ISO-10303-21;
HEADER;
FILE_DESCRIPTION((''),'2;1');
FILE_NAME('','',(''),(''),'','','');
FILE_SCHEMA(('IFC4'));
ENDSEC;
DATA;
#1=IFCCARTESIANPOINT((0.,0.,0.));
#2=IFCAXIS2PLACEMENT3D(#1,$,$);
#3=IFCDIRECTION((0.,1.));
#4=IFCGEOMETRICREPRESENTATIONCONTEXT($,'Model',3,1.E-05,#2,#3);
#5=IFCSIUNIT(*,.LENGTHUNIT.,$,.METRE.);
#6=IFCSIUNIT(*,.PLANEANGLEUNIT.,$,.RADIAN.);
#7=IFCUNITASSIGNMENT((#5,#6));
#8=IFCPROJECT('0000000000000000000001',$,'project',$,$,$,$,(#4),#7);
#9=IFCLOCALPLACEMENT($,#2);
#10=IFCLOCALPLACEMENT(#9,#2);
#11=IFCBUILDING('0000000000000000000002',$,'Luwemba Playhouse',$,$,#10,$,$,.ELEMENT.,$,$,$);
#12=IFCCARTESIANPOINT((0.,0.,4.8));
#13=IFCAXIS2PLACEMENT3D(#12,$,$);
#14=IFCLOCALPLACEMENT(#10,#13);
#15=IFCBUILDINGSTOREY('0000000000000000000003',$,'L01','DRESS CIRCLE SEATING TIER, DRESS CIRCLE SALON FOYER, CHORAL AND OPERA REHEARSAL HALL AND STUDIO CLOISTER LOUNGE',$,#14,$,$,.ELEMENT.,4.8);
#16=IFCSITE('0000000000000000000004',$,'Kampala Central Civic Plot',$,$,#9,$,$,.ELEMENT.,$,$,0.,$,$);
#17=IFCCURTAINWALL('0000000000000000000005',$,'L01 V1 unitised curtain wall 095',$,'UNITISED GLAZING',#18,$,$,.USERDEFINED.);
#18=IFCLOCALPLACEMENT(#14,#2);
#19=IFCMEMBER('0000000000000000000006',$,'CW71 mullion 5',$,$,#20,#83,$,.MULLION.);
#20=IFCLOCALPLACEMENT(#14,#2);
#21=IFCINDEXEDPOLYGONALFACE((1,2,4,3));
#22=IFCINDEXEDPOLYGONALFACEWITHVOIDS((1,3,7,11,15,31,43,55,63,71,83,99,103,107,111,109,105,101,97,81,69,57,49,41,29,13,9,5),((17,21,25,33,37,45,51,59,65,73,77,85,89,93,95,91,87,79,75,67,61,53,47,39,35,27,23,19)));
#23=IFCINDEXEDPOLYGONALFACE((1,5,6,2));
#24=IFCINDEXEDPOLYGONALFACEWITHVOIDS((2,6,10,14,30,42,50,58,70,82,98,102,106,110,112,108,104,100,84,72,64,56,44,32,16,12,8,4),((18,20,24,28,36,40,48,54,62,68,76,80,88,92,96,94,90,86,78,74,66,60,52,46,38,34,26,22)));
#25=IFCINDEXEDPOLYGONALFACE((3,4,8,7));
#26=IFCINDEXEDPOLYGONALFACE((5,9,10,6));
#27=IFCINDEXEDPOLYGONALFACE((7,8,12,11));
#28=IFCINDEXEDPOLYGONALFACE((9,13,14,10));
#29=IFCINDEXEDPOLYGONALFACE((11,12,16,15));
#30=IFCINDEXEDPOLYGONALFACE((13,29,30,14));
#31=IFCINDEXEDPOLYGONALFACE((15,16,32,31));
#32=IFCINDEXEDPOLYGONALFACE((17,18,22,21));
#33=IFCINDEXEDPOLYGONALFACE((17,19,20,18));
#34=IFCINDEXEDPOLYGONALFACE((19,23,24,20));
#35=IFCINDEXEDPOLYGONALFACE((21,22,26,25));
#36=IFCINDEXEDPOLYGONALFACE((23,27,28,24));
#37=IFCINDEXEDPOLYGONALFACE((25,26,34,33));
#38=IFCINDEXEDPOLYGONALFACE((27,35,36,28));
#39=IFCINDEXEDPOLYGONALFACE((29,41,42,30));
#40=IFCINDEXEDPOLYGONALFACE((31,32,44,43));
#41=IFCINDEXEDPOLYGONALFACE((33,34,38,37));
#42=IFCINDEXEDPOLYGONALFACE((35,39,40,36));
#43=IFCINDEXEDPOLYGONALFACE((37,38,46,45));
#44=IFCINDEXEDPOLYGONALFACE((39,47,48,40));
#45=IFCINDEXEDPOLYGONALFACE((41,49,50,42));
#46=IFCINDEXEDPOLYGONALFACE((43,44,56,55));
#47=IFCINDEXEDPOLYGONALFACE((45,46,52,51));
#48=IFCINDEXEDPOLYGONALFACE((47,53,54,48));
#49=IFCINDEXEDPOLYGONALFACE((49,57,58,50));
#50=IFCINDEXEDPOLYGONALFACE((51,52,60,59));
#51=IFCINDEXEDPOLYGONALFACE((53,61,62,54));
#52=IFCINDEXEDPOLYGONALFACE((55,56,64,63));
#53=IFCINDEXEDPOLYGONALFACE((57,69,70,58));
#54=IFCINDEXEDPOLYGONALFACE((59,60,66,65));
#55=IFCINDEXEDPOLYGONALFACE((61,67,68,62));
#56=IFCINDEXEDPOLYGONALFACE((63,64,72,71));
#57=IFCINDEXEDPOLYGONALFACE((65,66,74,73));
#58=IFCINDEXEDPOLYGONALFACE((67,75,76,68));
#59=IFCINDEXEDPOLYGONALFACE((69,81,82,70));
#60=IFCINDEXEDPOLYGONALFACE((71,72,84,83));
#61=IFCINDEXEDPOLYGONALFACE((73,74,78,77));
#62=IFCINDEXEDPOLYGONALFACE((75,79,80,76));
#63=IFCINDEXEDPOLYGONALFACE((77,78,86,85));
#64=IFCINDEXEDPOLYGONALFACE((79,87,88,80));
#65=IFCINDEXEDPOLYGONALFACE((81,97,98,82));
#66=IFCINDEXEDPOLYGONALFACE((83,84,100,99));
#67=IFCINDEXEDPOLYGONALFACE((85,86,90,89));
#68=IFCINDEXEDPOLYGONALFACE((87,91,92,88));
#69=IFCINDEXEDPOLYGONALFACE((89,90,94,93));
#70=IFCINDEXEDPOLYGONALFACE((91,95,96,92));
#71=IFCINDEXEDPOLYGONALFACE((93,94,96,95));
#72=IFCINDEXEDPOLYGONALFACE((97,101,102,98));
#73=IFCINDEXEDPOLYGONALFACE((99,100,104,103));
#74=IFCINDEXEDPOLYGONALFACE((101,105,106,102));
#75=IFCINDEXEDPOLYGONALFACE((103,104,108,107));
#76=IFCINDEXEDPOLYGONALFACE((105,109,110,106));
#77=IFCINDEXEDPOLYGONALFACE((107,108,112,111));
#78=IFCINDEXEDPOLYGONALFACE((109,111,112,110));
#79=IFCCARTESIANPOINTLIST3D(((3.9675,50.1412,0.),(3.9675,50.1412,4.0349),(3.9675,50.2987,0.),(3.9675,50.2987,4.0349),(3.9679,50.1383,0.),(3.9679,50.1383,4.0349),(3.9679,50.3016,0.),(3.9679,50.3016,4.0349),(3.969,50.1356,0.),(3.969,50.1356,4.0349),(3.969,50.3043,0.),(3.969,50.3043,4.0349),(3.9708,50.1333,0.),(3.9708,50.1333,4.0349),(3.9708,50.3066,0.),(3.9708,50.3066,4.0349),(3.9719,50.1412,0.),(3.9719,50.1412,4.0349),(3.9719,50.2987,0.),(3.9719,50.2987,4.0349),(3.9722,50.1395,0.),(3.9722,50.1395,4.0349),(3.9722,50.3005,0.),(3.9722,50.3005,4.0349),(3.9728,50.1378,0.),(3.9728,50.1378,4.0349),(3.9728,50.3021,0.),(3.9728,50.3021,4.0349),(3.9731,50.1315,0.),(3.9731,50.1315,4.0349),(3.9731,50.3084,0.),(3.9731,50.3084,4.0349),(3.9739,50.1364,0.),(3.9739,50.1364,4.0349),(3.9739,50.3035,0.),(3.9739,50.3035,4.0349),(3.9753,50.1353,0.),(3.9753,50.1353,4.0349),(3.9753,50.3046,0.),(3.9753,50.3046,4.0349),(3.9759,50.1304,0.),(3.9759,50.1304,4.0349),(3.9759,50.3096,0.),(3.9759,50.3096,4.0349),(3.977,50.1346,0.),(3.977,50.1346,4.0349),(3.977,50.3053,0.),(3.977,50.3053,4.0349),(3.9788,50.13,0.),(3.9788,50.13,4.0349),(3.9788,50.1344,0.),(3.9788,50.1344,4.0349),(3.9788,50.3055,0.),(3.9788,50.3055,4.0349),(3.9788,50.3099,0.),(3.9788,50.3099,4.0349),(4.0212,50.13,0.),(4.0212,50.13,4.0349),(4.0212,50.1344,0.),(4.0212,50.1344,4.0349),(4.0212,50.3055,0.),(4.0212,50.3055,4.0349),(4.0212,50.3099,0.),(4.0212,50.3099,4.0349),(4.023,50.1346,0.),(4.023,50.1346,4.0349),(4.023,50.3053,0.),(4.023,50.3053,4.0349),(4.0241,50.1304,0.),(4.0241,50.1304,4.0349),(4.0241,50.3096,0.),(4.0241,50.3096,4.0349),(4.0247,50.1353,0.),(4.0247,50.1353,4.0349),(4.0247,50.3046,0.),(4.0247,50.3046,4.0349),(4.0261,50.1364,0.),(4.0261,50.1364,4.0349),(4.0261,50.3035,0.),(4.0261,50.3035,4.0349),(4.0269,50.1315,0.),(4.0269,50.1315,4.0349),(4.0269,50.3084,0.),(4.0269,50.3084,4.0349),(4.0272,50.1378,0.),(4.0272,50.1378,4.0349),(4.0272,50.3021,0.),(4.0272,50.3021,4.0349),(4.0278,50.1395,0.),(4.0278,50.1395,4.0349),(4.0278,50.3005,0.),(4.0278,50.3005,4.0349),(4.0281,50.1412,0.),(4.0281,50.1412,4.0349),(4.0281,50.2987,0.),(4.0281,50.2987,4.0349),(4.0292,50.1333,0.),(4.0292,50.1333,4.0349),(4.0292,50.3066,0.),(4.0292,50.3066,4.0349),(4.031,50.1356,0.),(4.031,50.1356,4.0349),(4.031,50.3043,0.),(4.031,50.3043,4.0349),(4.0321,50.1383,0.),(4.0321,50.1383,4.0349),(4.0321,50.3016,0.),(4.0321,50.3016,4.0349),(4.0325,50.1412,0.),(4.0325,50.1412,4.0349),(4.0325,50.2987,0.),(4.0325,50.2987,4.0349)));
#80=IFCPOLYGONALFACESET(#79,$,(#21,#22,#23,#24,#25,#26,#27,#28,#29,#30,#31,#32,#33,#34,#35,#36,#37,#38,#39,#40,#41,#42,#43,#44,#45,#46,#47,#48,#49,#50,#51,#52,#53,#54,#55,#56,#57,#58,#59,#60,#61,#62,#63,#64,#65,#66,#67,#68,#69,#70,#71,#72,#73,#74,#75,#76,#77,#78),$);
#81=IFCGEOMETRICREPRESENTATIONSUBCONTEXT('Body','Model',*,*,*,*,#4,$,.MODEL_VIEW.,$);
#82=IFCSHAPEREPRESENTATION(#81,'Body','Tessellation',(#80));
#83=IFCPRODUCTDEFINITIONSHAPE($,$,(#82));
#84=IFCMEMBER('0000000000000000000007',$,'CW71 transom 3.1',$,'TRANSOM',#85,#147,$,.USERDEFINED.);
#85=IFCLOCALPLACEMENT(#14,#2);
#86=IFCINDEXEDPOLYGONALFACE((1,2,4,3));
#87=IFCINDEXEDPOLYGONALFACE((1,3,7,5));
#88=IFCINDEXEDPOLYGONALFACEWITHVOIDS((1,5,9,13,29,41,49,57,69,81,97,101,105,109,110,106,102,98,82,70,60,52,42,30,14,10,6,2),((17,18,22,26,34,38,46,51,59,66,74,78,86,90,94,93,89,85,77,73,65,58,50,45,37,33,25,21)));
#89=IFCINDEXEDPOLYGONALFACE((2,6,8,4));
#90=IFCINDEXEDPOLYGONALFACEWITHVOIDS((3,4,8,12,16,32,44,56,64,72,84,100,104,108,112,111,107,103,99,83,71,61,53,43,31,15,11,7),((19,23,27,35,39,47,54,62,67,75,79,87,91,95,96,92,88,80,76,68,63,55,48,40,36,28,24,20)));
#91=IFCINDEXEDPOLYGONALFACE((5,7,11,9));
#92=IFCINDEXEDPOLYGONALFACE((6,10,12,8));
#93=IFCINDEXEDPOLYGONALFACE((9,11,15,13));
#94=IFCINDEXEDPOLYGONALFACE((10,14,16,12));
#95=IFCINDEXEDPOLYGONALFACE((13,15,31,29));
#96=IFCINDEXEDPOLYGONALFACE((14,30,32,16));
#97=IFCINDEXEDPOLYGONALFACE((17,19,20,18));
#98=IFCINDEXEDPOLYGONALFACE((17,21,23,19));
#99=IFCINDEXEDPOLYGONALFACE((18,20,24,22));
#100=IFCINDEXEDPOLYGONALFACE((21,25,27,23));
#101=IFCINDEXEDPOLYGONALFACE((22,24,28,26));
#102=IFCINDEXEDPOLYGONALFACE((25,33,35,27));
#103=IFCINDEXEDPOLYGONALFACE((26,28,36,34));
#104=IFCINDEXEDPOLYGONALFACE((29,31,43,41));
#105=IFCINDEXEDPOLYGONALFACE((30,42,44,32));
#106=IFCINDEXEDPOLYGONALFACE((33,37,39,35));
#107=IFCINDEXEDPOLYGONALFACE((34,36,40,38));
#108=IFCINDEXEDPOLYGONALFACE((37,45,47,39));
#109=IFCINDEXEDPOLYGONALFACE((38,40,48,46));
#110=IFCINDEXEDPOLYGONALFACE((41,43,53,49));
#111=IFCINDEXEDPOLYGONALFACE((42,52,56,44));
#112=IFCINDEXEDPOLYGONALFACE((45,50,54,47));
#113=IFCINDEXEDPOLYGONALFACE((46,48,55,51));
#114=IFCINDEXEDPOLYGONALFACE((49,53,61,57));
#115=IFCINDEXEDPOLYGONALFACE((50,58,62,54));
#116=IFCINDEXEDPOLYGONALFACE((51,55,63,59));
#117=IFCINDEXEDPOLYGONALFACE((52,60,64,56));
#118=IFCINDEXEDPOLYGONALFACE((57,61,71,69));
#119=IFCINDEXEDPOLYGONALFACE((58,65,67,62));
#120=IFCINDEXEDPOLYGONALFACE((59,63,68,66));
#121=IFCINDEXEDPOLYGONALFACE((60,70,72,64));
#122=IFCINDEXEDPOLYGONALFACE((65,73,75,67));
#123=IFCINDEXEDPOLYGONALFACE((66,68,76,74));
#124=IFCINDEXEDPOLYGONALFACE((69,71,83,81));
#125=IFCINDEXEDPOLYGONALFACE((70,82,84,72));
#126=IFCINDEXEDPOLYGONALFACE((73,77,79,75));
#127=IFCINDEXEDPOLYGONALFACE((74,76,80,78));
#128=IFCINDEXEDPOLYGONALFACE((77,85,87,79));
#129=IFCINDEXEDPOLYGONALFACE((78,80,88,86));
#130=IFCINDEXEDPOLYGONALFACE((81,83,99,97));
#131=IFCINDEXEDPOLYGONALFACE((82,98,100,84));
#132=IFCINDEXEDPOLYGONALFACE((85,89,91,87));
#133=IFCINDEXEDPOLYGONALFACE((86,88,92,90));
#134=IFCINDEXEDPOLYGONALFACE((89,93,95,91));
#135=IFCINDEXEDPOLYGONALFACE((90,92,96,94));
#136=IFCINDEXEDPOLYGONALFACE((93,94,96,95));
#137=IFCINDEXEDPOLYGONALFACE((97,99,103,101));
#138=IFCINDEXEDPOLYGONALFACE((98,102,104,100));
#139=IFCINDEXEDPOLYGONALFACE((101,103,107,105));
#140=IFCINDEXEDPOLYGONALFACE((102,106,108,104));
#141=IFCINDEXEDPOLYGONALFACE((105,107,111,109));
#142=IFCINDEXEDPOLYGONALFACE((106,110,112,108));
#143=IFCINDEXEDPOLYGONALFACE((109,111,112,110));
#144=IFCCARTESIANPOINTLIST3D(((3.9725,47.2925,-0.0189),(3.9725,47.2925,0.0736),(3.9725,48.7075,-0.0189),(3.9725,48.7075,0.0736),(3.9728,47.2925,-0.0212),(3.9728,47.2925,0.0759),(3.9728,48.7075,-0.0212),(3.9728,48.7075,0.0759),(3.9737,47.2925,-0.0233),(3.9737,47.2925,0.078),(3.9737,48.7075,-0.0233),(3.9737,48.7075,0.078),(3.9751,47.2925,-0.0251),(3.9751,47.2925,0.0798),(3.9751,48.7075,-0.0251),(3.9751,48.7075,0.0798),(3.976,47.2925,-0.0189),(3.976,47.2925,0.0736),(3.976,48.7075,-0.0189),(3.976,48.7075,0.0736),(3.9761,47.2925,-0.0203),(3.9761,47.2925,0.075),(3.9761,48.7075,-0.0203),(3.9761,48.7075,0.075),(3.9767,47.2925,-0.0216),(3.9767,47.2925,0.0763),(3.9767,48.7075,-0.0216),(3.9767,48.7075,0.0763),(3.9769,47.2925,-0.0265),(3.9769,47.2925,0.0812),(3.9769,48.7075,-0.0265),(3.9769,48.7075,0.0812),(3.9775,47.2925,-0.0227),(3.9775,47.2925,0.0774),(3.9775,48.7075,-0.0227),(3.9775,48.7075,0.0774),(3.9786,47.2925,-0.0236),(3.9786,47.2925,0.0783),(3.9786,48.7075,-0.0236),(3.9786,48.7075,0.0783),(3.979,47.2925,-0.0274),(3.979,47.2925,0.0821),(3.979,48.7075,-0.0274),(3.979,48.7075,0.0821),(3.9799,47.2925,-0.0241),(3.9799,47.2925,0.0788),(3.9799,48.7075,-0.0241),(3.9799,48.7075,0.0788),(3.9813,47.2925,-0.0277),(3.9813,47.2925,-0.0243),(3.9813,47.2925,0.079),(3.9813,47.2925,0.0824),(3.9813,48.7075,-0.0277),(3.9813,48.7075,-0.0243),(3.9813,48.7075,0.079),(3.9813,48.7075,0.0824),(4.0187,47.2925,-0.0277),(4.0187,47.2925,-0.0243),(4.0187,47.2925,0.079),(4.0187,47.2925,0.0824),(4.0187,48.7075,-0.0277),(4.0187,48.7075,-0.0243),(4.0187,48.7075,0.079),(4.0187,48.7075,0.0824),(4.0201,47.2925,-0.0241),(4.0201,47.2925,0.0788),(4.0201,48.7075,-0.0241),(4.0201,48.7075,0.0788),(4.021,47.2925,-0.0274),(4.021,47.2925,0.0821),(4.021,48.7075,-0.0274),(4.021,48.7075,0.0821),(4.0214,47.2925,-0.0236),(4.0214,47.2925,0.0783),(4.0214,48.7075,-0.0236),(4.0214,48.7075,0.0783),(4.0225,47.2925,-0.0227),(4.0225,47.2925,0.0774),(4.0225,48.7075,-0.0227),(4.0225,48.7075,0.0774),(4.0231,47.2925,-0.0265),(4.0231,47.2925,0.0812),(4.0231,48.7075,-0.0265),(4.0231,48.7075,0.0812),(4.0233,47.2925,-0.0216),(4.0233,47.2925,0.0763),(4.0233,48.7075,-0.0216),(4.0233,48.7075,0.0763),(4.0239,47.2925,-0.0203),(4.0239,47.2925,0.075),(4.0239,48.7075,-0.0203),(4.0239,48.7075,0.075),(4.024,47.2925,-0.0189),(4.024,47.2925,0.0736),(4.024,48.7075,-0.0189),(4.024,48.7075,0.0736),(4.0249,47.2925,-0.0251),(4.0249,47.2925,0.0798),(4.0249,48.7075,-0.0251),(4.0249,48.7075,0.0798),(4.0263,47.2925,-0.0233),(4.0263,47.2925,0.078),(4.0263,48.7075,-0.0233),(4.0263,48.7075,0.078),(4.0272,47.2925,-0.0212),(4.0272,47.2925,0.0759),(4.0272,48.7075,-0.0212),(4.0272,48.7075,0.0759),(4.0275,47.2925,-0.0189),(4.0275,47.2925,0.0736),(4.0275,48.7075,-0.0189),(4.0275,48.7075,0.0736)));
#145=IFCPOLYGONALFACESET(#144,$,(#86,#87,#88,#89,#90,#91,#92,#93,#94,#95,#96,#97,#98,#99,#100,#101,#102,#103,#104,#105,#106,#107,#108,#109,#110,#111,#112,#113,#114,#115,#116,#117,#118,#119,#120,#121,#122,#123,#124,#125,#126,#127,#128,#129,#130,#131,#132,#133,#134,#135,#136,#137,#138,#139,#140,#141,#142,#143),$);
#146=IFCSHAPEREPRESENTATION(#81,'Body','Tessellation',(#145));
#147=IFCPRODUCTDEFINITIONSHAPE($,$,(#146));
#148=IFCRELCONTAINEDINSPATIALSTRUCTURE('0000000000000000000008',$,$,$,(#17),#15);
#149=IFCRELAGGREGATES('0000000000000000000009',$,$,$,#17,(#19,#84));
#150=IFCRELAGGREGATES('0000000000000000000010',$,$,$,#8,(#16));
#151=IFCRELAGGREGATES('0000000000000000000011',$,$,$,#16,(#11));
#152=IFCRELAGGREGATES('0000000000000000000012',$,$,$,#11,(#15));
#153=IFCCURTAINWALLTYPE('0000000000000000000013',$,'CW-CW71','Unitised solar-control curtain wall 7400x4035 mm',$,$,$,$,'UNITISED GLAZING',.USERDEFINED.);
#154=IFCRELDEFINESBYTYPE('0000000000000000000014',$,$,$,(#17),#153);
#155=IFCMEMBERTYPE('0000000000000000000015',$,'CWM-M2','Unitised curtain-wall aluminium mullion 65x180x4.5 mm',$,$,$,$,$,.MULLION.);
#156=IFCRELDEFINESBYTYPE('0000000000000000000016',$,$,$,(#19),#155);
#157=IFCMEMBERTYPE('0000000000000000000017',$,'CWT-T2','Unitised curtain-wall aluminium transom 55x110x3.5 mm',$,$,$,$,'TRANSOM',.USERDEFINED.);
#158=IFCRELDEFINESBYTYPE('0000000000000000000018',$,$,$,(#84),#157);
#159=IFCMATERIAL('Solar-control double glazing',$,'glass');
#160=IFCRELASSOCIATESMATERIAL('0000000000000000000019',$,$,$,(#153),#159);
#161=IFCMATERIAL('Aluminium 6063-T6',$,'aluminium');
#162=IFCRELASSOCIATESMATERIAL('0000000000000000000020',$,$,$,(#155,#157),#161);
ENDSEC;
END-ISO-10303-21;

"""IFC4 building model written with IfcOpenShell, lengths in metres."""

from ifc_helpers import new_model, si_unit, direction, frame, origin, origin_2d, place, context, subcontext, project, spatial, hollow_rectangle, extrude, material, material_profile, profile_set, type_object, element, aggregate, save


model = new_model("IFC4")

# Units and contexts
model_context = context("Model", 3, precision=1e-05, world=origin(), true_north=direction((0.0, 1.0)))
body_context = subcontext(model_context, "Body", "Model", "MODEL_VIEW")
ifc_project = project(units=[si_unit("LENGTHUNIT", "METRE"), si_unit("PLANEANGLEUNIT", "RADIAN")], contexts=[model_context])

# Site, building, storey
site_placement = place(None, origin())
site = spatial("IfcSite", under=ifc_project, at=site_placement, Name="Kampala Central Civic Plot", CompositionType="ELEMENT", RefElevation=0.0)
building_placement = place(site_placement, origin())
building = spatial("IfcBuilding", under=site, at=building_placement, Name="Luwemba Playhouse", CompositionType="ELEMENT")
storey_placement = place(building_placement, frame((0.0, 0.0, 4.8)))
storey = spatial("IfcBuildingStorey", under=building, at=storey_placement, Name="L01", Description="DRESS CIRCLE SEATING TIER, DRESS CIRCLE SALON FOYER, CHORAL AND OPERA REHEARSAL HALL AND STUDIO CLOISTER LOUNGE", CompositionType="ELEMENT", Elevation=4.8)

# Curtain wall, members
ifc_material_1 = material(Name="Solar-control double glazing", Category="glass")
curtain_wall_type = type_object("IfcCurtainWallType", Name="CW-CW71", Description="Unitised solar-control curtain wall 7400x4035 mm", ElementType="UNITISED GLAZING", PredefinedType="USERDEFINED", material=ifc_material_1)
curtain_wall_placement = place(storey_placement, origin())
curtain_wall = element("IfcCurtainWall", 1, at=curtain_wall_placement, inside=storey, type_object=curtain_wall_type, Name="L01 V1 unitised curtain wall 095", ObjectType="UNITISED GLAZING", PredefinedType="USERDEFINED")
ifc_material_2 = material(Name="Aluminium 6063-T6", Category="aluminium")
ifc_material_profile_1 = material_profile(ifc_material_2, hollow_rectangle(XDim=0.0649, YDim=0.1799, WallThickness=0.0044, InnerFilletRadius=0.0068, OuterFilletRadius=0.0112, at=origin_2d()))
ifc_profile_set_1 = profile_set([ifc_material_profile_1], Name="Aluminium 6063-T6")
member_type_1 = type_object("IfcMemberType", Name="CWM-M2", Description="Unitised curtain-wall aluminium mullion 65x180x4.5 mm", PredefinedType="MULLION", material=ifc_profile_set_1)
member_1_placement = place(storey_placement, frame((4.0, 50.22, 0.0), z_axis=(0.0, 0.0, 1.0), x_axis=(-1.0, 0.0, 0.0)))
member_1 = element("IfcMember", 2, at=member_1_placement, type_object=member_type_1, Name="CW71 mullion 5", PredefinedType="MULLION", context=body_context, shape_type="SweptSolid", body=[
    extrude(hollow_rectangle(XDim=0.0649, YDim=0.1799, WallThickness=0.0044, InnerFilletRadius=0.0068, OuterFilletRadius=0.0112, at=origin_2d()), origin(), (0.0, 0.0, 1.0), 4.0349),
])
ifc_material_profile_2 = material_profile(ifc_material_2, hollow_rectangle(XDim=0.0549, YDim=0.1101, WallThickness=0.0034, InnerFilletRadius=0.0054, OuterFilletRadius=0.0088, at=origin_2d()))
ifc_profile_set_2 = profile_set([ifc_material_profile_2], Name="Aluminium 6063-T6")
member_type_2 = type_object("IfcMemberType", Name="CWT-T2", Description="Unitised curtain-wall aluminium transom 55x110x3.5 mm", ElementType="TRANSOM", PredefinedType="USERDEFINED", material=ifc_profile_set_2)
member_2_placement = place(storey_placement, frame((4.0, 47.2925, 0.0273), z_axis=(0.0, 1.0, 0.0), x_axis=(-1.0, 0.0, 0.0)))
member_2 = element("IfcMember", 3, at=member_2_placement, type_object=member_type_2, Name="CW71 transom 3.1", ObjectType="TRANSOM", PredefinedType="USERDEFINED", context=body_context, shape_type="SweptSolid", body=[
    extrude(hollow_rectangle(XDim=0.0549, YDim=0.1101, WallThickness=0.0034, InnerFilletRadius=0.0054, OuterFilletRadius=0.0088, at=origin_2d()), origin(), (0.0, 0.0, 1.0), 1.415),
])
aggregate(curtain_wall, [member_1, member_2])

save(model, "model.ifc")
